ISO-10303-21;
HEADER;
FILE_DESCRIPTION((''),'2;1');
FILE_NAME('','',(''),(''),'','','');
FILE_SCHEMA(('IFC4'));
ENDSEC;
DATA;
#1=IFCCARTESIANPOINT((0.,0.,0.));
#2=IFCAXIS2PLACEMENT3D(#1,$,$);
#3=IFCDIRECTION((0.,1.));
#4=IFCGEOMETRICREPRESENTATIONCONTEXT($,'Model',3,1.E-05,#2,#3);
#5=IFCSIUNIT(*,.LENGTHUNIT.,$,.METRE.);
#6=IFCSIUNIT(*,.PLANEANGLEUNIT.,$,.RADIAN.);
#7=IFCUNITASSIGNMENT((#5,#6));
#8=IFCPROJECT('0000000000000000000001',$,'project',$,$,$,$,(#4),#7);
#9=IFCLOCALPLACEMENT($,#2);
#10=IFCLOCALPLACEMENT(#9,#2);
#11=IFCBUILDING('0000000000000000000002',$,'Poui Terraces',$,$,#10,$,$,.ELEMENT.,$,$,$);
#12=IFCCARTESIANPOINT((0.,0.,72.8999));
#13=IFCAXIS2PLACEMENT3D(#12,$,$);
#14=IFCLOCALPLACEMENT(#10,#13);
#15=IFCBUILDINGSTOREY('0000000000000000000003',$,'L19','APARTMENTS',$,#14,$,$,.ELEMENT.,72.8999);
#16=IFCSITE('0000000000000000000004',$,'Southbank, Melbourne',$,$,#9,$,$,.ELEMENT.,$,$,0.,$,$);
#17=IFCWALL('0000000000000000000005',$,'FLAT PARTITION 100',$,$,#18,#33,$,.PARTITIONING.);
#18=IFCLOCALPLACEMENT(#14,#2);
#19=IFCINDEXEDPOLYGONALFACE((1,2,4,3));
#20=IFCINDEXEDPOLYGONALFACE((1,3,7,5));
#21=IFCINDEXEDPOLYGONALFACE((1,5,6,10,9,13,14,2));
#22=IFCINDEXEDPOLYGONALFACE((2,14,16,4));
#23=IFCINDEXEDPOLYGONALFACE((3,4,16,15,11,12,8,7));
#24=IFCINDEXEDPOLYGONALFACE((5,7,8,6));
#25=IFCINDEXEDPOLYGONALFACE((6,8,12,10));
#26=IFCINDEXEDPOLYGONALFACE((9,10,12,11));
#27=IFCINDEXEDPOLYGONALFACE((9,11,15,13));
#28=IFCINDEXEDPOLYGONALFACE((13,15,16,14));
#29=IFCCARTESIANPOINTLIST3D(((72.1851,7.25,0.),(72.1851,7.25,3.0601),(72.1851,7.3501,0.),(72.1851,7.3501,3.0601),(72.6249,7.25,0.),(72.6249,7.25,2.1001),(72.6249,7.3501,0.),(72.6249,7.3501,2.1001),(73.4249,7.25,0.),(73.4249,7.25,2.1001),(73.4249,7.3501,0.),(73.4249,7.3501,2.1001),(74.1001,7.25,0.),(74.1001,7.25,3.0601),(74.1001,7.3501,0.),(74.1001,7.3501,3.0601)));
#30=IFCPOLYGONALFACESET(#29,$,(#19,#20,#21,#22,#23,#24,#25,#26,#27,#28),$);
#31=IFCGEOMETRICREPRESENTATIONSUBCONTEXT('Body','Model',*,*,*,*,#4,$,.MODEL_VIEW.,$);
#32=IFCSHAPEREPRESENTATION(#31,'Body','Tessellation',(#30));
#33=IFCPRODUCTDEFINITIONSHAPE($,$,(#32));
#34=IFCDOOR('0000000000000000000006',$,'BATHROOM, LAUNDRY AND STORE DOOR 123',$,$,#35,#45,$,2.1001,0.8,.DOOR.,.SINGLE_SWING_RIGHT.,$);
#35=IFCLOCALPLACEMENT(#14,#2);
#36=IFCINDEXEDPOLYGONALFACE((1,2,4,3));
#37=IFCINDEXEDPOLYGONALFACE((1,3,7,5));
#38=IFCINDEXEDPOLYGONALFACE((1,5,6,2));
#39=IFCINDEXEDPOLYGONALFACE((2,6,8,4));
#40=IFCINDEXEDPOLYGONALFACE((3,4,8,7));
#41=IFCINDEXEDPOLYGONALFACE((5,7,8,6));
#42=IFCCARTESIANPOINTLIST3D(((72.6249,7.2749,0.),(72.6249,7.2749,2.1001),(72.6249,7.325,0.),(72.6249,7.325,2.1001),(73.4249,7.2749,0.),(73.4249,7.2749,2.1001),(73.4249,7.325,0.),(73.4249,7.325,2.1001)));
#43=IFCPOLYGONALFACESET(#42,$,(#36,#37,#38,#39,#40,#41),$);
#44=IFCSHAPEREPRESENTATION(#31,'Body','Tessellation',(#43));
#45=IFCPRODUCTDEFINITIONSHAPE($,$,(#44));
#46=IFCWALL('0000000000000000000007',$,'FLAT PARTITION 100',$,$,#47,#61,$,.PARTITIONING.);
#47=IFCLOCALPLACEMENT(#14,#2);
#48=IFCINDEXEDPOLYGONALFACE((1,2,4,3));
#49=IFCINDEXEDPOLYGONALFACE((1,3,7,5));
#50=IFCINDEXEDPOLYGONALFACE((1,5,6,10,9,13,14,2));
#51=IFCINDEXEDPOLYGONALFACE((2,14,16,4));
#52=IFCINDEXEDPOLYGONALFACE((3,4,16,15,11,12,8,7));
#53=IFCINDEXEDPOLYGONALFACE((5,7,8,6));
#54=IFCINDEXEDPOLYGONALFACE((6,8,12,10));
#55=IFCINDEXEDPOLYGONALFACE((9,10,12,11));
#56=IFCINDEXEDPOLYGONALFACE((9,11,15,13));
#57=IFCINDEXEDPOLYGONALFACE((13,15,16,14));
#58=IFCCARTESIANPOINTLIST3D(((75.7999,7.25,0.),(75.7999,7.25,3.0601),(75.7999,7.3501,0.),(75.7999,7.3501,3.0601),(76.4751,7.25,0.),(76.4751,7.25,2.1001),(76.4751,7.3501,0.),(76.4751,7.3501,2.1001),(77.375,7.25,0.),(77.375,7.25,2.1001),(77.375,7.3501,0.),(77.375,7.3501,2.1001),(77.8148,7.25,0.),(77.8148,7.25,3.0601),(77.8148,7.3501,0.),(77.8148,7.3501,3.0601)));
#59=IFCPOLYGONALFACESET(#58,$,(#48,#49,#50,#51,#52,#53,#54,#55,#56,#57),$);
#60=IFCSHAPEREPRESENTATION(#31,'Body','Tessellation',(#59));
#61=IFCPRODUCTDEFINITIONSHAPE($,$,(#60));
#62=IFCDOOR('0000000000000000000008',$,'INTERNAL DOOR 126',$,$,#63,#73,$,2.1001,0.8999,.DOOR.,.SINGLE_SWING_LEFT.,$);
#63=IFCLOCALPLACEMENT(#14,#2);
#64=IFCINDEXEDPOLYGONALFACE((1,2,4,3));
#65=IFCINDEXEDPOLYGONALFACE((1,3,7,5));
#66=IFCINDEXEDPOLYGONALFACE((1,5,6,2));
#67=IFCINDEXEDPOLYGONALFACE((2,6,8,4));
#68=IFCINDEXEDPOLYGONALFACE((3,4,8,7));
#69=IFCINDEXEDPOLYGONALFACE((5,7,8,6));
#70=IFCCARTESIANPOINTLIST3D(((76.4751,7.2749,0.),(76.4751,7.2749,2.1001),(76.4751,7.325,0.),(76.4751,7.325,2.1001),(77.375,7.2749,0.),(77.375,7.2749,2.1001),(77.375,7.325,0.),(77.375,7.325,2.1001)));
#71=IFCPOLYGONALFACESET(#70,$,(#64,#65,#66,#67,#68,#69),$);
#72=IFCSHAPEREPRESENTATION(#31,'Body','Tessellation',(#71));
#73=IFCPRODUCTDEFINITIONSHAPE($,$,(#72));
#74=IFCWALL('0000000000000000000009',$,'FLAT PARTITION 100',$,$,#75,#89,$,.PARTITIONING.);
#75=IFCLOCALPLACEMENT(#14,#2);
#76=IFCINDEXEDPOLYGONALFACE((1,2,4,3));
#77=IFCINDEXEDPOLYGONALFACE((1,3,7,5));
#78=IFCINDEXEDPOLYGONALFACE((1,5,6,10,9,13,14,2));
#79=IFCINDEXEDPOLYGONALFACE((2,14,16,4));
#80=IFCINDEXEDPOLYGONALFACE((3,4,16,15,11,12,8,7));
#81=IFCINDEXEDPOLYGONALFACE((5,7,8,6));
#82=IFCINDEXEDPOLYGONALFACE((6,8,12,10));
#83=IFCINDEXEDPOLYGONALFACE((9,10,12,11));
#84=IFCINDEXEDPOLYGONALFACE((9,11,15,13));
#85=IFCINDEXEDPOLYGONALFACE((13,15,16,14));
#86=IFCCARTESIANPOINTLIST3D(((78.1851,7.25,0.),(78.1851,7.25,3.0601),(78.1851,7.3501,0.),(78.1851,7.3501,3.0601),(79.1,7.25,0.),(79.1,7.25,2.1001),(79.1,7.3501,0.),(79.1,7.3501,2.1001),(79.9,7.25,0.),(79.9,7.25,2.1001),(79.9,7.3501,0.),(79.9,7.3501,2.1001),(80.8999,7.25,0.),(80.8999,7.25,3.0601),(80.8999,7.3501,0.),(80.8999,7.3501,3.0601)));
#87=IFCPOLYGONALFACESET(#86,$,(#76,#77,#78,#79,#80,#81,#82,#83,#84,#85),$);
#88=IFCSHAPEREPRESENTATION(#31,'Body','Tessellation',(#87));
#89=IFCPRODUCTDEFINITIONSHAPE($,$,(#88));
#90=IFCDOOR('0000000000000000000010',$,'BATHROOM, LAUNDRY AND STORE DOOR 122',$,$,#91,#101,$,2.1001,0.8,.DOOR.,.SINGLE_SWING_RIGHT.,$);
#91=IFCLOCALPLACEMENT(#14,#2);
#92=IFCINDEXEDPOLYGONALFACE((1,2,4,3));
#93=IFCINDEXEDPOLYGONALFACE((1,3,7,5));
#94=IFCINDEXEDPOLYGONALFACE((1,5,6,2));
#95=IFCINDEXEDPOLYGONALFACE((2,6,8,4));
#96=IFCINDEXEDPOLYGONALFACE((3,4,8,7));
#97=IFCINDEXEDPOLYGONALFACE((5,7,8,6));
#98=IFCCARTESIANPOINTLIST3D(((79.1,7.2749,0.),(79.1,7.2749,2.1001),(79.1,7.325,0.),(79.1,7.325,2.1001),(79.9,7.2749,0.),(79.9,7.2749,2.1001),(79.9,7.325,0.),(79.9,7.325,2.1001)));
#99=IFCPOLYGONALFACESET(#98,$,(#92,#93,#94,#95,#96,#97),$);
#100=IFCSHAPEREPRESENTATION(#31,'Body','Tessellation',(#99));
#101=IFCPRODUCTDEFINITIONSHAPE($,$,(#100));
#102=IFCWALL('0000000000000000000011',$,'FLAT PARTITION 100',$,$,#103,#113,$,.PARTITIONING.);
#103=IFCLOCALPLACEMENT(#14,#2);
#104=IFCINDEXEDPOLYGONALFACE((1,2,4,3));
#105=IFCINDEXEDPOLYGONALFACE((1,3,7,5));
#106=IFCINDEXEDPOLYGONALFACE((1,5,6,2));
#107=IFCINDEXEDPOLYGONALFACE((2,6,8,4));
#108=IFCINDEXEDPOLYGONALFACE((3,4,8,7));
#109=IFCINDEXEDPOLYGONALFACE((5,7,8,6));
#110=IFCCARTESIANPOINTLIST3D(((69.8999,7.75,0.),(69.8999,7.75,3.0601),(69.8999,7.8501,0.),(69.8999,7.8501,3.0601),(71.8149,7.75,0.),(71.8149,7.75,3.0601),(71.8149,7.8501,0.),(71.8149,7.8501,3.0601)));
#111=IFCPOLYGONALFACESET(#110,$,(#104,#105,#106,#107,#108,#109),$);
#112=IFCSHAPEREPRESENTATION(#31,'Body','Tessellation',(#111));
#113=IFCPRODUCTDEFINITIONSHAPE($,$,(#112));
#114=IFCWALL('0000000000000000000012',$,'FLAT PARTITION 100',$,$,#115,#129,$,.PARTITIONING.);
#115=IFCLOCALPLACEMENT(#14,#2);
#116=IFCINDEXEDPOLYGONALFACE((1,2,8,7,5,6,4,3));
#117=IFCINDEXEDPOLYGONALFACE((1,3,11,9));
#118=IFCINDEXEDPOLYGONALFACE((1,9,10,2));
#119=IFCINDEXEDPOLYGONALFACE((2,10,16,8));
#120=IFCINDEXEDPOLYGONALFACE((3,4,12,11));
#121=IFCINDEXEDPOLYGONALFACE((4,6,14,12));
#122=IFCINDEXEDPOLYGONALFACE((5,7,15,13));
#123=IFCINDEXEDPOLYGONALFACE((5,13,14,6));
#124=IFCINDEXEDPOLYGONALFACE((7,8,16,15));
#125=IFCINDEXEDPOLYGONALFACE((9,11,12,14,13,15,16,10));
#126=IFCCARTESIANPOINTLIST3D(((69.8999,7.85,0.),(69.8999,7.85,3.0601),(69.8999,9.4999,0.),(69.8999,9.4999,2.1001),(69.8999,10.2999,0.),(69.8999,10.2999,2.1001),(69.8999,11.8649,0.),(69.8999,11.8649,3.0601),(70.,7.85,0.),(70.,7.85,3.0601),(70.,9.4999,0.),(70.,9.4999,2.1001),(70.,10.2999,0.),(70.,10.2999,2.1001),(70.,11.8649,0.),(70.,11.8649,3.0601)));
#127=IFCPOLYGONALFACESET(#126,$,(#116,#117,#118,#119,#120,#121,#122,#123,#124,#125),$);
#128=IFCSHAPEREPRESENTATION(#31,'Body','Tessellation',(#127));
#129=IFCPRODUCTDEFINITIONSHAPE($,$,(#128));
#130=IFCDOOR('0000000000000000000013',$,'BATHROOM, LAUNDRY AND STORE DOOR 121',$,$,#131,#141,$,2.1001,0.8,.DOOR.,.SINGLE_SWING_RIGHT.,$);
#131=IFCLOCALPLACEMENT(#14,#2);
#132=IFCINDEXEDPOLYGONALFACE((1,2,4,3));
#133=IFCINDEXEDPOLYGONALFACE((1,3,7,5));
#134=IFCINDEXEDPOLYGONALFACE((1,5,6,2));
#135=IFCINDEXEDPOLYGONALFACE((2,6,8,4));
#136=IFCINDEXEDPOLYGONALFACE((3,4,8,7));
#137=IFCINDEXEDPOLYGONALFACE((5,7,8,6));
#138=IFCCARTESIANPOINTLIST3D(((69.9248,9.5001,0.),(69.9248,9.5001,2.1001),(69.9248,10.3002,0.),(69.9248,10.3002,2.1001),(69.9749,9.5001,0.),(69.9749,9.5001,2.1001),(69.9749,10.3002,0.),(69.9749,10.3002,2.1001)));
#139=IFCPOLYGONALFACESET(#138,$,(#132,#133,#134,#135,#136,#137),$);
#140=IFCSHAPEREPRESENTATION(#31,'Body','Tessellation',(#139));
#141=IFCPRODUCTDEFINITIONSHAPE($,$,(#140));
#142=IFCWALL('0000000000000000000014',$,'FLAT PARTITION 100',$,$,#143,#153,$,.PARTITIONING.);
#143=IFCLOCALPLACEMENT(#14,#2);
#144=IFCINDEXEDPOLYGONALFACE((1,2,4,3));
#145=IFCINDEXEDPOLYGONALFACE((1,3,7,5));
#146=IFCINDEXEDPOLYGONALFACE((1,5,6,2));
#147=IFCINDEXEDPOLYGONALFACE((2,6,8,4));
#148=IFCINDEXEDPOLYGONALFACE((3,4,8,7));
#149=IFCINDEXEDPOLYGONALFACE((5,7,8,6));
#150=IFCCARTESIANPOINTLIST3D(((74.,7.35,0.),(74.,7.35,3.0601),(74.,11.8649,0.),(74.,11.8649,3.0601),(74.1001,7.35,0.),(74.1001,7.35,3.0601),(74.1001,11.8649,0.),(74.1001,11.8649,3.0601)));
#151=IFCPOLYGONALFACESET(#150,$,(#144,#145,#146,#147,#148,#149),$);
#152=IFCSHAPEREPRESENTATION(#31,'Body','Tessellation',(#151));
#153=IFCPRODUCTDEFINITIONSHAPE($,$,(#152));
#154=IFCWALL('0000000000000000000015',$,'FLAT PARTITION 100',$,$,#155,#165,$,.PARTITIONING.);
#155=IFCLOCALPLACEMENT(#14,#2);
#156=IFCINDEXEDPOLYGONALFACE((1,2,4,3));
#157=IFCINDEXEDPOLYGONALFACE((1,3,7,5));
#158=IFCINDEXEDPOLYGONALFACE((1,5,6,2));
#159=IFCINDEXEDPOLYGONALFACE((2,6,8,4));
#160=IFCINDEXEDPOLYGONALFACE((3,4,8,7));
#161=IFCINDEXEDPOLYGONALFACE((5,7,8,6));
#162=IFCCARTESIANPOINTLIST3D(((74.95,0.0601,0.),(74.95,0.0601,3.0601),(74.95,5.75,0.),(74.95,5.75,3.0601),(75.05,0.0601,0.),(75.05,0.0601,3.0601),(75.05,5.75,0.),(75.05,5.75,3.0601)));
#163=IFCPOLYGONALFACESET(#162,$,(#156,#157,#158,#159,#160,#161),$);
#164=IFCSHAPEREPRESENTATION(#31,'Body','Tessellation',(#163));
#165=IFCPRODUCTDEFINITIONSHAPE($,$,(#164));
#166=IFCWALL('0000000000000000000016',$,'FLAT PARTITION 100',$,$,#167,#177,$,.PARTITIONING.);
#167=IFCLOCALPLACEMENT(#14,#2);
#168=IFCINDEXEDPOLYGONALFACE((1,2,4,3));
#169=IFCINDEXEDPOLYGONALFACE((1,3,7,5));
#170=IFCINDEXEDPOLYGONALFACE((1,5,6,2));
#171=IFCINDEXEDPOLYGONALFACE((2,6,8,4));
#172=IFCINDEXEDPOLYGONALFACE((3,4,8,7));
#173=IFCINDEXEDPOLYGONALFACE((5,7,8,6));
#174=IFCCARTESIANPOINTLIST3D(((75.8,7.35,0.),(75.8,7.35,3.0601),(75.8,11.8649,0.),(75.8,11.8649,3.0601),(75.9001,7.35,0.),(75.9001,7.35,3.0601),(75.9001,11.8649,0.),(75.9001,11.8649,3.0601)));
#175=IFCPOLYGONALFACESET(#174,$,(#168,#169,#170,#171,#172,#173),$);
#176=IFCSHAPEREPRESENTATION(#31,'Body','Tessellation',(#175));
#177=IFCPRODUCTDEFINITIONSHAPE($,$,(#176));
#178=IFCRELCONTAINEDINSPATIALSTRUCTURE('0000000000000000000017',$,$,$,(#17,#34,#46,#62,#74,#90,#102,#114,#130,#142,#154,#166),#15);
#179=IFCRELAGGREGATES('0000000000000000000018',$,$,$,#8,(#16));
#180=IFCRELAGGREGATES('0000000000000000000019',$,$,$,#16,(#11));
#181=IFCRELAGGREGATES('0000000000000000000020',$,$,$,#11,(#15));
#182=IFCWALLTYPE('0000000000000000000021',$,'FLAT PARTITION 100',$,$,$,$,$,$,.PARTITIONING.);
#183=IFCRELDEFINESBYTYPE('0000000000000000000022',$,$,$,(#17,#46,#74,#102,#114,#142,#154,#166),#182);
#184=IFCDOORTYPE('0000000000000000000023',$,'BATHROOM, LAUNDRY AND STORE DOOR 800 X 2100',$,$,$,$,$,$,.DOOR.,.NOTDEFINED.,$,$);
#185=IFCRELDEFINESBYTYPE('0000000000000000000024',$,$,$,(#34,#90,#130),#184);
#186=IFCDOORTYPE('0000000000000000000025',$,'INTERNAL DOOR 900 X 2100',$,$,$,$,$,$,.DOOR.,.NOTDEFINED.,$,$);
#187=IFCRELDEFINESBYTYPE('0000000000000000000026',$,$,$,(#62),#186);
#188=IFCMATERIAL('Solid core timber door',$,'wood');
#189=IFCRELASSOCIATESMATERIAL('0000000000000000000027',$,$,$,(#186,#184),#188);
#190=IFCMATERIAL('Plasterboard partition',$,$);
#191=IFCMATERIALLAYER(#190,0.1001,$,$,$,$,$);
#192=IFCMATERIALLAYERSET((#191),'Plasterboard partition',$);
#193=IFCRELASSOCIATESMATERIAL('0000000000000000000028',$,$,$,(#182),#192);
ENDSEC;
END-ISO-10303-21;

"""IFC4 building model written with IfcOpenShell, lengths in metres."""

from ifc_helpers import new_model, si_unit, direction, frame, frame_2d, origin, place, context, subcontext, project, spatial, rectangle, extrude, material, layer, layer_set, type_object, element, fill, save


model = new_model("IFC4")

# Units and contexts
model_context = context("Model", 3, precision=1e-05, world=origin(), true_north=direction((0.0, 1.0)))
body_context = subcontext(model_context, "Body", "Model", "MODEL_VIEW")
ifc_project = project(units=[si_unit("LENGTHUNIT", "METRE"), si_unit("PLANEANGLEUNIT", "RADIAN")], contexts=[model_context])

# Site, building, storey
site_placement = place(None, origin())
site = spatial("IfcSite", under=ifc_project, at=site_placement, Name="Southbank, Melbourne", CompositionType="ELEMENT", RefElevation=0.0)
building_placement = place(site_placement, origin())
building = spatial("IfcBuilding", under=site, at=building_placement, Name="Poui Terraces", CompositionType="ELEMENT")
storey_placement = place(building_placement, frame((0.0, 0.0, 72.8999)))
storey = spatial("IfcBuildingStorey", under=building, at=storey_placement, Name="L19", Description="APARTMENTS", CompositionType="ELEMENT", Elevation=72.8999)

# Walls, openings, doors
ifc_material_1 = material(Name="Solid core timber door", Category="wood")
door_type_1 = type_object("IfcDoorType", Name="INTERNAL DOOR 900 X 2100", OperationType="NOTDEFINED", PredefinedType="DOOR", material=ifc_material_1)
ifc_material_2 = material(Name="Plasterboard partition")
ifc_layer_1 = layer(ifc_material_2, 0.1001)
ifc_layer_set_1 = layer_set([ifc_layer_1], Name="Plasterboard partition")
wall_type_1 = type_object("IfcWallType", Name="FLAT PARTITION 100", PredefinedType="PARTITIONING", material=ifc_layer_set_1)
wall_1_placement = place(storey_placement, frame((72.1851, 7.3, 0.0), z_axis=(0.0, 0.0, 1.0), x_axis=(1.0, 0.0, 0.0)))
wall_1 = element("IfcWall", 1, at=wall_1_placement, inside=storey, type_object=wall_type_1, Name="FLAT PARTITION 100", PredefinedType="PARTITIONING", context=body_context, shape_type="SweptSolid", body=[
    extrude(rectangle(XDim=1.915, YDim=0.1001, at=frame_2d((0.9575, 0.0))), origin(), (0.0, 0.0, 1.0), 3.0601),
])
opening_1_placement = place(wall_1_placement, frame((0.4399, 0.0, 0.0)))
opening_1 = element("IfcOpeningElement", 2, at=opening_1_placement, cuts=wall_1, PredefinedType="OPENING", context=body_context, shape_type="SweptSolid", body=[
    extrude(rectangle(XDim=0.8, YDim=2.1001, at=frame_2d((0.3999, 1.05))), frame((0.0, 0.0601, 0.0), z_axis=(0.0, -1.0, 0.0), x_axis=(1.0, 0.0, 0.0)), (0.0, 0.0, 1.0), 0.1201),
])
door_type_2 = type_object("IfcDoorType", Name="BATHROOM, LAUNDRY AND STORE DOOR 800 X 2100", OperationType="NOTDEFINED", PredefinedType="DOOR", material=ifc_material_1)
door_1_placement = place(opening_1_placement, origin())
door_1 = element("IfcDoor", 3, at=door_1_placement, inside=storey, type_object=door_type_2, Name="BATHROOM, LAUNDRY AND STORE DOOR 123", OperationType="SINGLE_SWING_RIGHT", OverallHeight=2.1001, OverallWidth=0.8, PredefinedType="DOOR", context=body_context, shape_type="SweptSolid", body=[
    extrude(rectangle(XDim=0.8, YDim=2.1001, at=frame_2d((0.3999, 1.05))), frame((0.0, 0.0249, 0.0), z_axis=(0.0, -1.0, 0.0), x_axis=(1.0, 0.0, 0.0)), (0.0, 0.0, 1.0), 0.05),
])
fill(opening_1, door_1)
wall_2_placement = place(storey_placement, frame((75.8, 7.3, 0.0), z_axis=(0.0, 0.0, 1.0), x_axis=(1.0, 0.0, 0.0)))
wall_2 = element("IfcWall", 4, at=wall_2_placement, inside=storey, type_object=wall_type_1, Name="FLAT PARTITION 100", PredefinedType="PARTITIONING", context=body_context, shape_type="SweptSolid", body=[
    extrude(rectangle(XDim=2.0149, YDim=0.1001, at=frame_2d((1.0073, 0.0))), origin(), (0.0, 0.0, 1.0), 3.0601),
])
opening_2_placement = place(wall_2_placement, frame((0.675, 0.0, 0.0)))
opening_2 = element("IfcOpeningElement", 5, at=opening_2_placement, cuts=wall_2, PredefinedType="OPENING", context=body_context, shape_type="SweptSolid", body=[
    extrude(rectangle(XDim=0.8999, YDim=2.1001, at=frame_2d((0.45, 1.05))), frame((0.0, 0.0601, 0.0), z_axis=(0.0, -1.0, 0.0), x_axis=(1.0, 0.0, 0.0)), (0.0, 0.0, 1.0), 0.1201),
])
door_2_placement = place(opening_2_placement, origin())
door_2 = element("IfcDoor", 6, at=door_2_placement, inside=storey, type_object=door_type_1, Name="INTERNAL DOOR 126", OperationType="SINGLE_SWING_LEFT", OverallHeight=2.1001, OverallWidth=0.8999, PredefinedType="DOOR", context=body_context, shape_type="SweptSolid", body=[
    extrude(rectangle(XDim=0.8999, YDim=2.1001, at=frame_2d((0.45, 1.05))), frame((0.0, 0.0249, 0.0), z_axis=(0.0, -1.0, 0.0), x_axis=(1.0, 0.0, 0.0)), (0.0, 0.0, 1.0), 0.05),
])
fill(opening_2, door_2)
wall_3_placement = place(storey_placement, frame((78.1851, 7.3, 0.0), z_axis=(0.0, 0.0, 1.0), x_axis=(1.0, 0.0, 0.0)))
wall_3 = element("IfcWall", 7, at=wall_3_placement, inside=storey, type_object=wall_type_1, Name="FLAT PARTITION 100", PredefinedType="PARTITIONING", context=body_context, shape_type="SweptSolid", body=[
    extrude(rectangle(XDim=2.7148, YDim=0.1001, at=frame_2d((1.3574, 0.0))), origin(), (0.0, 0.0, 1.0), 3.0601),
])
opening_3_placement = place(wall_3_placement, frame((0.915, 0.0, 0.0)))
opening_3 = element("IfcOpeningElement", 8, at=opening_3_placement, cuts=wall_3, PredefinedType="OPENING", context=body_context, shape_type="SweptSolid", body=[
    extrude(rectangle(XDim=0.8, YDim=2.1001, at=frame_2d((0.3999, 1.05))), frame((0.0, 0.0601, 0.0), z_axis=(0.0, -1.0, 0.0), x_axis=(1.0, 0.0, 0.0)), (0.0, 0.0, 1.0), 0.1201),
])
door_3_placement = place(opening_3_placement, origin())
door_3 = element("IfcDoor", 9, at=door_3_placement, inside=storey, type_object=door_type_2, Name="BATHROOM, LAUNDRY AND STORE DOOR 122", OperationType="SINGLE_SWING_RIGHT", OverallHeight=2.1001, OverallWidth=0.8, PredefinedType="DOOR", context=body_context, shape_type="SweptSolid", body=[
    extrude(rectangle(XDim=0.8, YDim=2.1001, at=frame_2d((0.3999, 1.05))), frame((0.0, 0.0249, 0.0), z_axis=(0.0, -1.0, 0.0), x_axis=(1.0, 0.0, 0.0)), (0.0, 0.0, 1.0), 0.05),
])
fill(opening_3, door_3)

# Wall
wall_4_placement = place(storey_placement, frame((69.8999, 7.8, 0.0), z_axis=(0.0, 0.0, 1.0), x_axis=(1.0, 0.0, 0.0)))
element("IfcWall", 10, at=wall_4_placement, inside=storey, type_object=wall_type_1, Name="FLAT PARTITION 100", PredefinedType="PARTITIONING", context=body_context, shape_type="SweptSolid", body=[
    extrude(rectangle(XDim=1.915, YDim=0.1001, at=frame_2d((0.9575, 0.0))), origin(), (0.0, 0.0, 1.0), 3.0601),
])

# Wall, opening, door
wall_5_placement = place(storey_placement, frame((69.95, 7.8501, 0.0), z_axis=(0.0, 0.0, 1.0), x_axis=(0.0, 1.0, 0.0)))
wall_5 = element("IfcWall", 11, at=wall_5_placement, inside=storey, type_object=wall_type_1, Name="FLAT PARTITION 100", PredefinedType="PARTITIONING", context=body_context, shape_type="SweptSolid", body=[
    extrude(rectangle(XDim=4.0149, YDim=0.1001, at=frame_2d((2.0073, 0.0))), origin(), (0.0, 0.0, 1.0), 3.0601),
])
opening_4_placement = place(wall_5_placement, frame((1.6499, 0.0, 0.0)))
opening_4 = element("IfcOpeningElement", 12, at=opening_4_placement, cuts=wall_5, PredefinedType="OPENING", context=body_context, shape_type="SweptSolid", body=[
    extrude(rectangle(XDim=0.8, YDim=2.1001, at=frame_2d((0.3999, 1.05))), frame((0.0, 0.0601, 0.0), z_axis=(0.0, -1.0, 0.0), x_axis=(1.0, 0.0, 0.0)), (0.0, 0.0, 1.0), 0.1201),
])
door_4_placement = place(opening_4_placement, frame((0.8, 0.0, 0.0), z_axis=(0.0, 0.0, 1.0), x_axis=(-1.0, 0.0, 0.0)))
door_4 = element("IfcDoor", 13, at=door_4_placement, inside=storey, type_object=door_type_2, Name="BATHROOM, LAUNDRY AND STORE DOOR 121", OperationType="SINGLE_SWING_RIGHT", OverallHeight=2.1001, OverallWidth=0.8, PredefinedType="DOOR", context=body_context, shape_type="SweptSolid", body=[
    extrude(rectangle(XDim=0.8, YDim=2.1001, at=frame_2d((0.3999, 1.05))), frame((0.0, 0.0249, 0.0), z_axis=(0.0, -1.0, 0.0), x_axis=(1.0, 0.0, 0.0)), (0.0, 0.0, 1.0), 0.05),
])
fill(opening_4, door_4)

# Walls
wall_6_placement = place(storey_placement, frame((74.05, 7.3501, 0.0), z_axis=(0.0, 0.0, 1.0), x_axis=(0.0, 1.0, 0.0)))
element("IfcWall", 14, at=wall_6_placement, inside=storey, type_object=wall_type_1, Name="FLAT PARTITION 100", PredefinedType="PARTITIONING", context=body_context, shape_type="SweptSolid", body=[
    extrude(rectangle(XDim=4.5149, YDim=0.1001, at=frame_2d((2.2573, 0.0))), origin(), (0.0, 0.0, 1.0), 3.0601),
])
wall_7_placement = place(storey_placement, frame((75.0, 0.0601, 0.0), z_axis=(0.0, 0.0, 1.0), x_axis=(0.0, 1.0, 0.0)))
element("IfcWall", 15, at=wall_7_placement, inside=storey, type_object=wall_type_1, Name="FLAT PARTITION 100", PredefinedType="PARTITIONING", context=body_context, shape_type="SweptSolid", body=[
    extrude(rectangle(XDim=5.6899, YDim=0.1001, at=frame_2d((2.845, 0.0))), origin(), (0.0, 0.0, 1.0), 3.0601),
])
wall_8_placement = place(storey_placement, frame((75.8501, 7.3501, 0.0), z_axis=(0.0, 0.0, 1.0), x_axis=(0.0, 1.0, 0.0)))
element("IfcWall", 16, at=wall_8_placement, inside=storey, type_object=wall_type_1, Name="FLAT PARTITION 100", PredefinedType="PARTITIONING", context=body_context, shape_type="SweptSolid", body=[
    extrude(rectangle(XDim=4.5149, YDim=0.1001, at=frame_2d((2.2573, 0.0))), origin(), (0.0, 0.0, 1.0), 3.0601),
])

save(model, "model.ifc")
